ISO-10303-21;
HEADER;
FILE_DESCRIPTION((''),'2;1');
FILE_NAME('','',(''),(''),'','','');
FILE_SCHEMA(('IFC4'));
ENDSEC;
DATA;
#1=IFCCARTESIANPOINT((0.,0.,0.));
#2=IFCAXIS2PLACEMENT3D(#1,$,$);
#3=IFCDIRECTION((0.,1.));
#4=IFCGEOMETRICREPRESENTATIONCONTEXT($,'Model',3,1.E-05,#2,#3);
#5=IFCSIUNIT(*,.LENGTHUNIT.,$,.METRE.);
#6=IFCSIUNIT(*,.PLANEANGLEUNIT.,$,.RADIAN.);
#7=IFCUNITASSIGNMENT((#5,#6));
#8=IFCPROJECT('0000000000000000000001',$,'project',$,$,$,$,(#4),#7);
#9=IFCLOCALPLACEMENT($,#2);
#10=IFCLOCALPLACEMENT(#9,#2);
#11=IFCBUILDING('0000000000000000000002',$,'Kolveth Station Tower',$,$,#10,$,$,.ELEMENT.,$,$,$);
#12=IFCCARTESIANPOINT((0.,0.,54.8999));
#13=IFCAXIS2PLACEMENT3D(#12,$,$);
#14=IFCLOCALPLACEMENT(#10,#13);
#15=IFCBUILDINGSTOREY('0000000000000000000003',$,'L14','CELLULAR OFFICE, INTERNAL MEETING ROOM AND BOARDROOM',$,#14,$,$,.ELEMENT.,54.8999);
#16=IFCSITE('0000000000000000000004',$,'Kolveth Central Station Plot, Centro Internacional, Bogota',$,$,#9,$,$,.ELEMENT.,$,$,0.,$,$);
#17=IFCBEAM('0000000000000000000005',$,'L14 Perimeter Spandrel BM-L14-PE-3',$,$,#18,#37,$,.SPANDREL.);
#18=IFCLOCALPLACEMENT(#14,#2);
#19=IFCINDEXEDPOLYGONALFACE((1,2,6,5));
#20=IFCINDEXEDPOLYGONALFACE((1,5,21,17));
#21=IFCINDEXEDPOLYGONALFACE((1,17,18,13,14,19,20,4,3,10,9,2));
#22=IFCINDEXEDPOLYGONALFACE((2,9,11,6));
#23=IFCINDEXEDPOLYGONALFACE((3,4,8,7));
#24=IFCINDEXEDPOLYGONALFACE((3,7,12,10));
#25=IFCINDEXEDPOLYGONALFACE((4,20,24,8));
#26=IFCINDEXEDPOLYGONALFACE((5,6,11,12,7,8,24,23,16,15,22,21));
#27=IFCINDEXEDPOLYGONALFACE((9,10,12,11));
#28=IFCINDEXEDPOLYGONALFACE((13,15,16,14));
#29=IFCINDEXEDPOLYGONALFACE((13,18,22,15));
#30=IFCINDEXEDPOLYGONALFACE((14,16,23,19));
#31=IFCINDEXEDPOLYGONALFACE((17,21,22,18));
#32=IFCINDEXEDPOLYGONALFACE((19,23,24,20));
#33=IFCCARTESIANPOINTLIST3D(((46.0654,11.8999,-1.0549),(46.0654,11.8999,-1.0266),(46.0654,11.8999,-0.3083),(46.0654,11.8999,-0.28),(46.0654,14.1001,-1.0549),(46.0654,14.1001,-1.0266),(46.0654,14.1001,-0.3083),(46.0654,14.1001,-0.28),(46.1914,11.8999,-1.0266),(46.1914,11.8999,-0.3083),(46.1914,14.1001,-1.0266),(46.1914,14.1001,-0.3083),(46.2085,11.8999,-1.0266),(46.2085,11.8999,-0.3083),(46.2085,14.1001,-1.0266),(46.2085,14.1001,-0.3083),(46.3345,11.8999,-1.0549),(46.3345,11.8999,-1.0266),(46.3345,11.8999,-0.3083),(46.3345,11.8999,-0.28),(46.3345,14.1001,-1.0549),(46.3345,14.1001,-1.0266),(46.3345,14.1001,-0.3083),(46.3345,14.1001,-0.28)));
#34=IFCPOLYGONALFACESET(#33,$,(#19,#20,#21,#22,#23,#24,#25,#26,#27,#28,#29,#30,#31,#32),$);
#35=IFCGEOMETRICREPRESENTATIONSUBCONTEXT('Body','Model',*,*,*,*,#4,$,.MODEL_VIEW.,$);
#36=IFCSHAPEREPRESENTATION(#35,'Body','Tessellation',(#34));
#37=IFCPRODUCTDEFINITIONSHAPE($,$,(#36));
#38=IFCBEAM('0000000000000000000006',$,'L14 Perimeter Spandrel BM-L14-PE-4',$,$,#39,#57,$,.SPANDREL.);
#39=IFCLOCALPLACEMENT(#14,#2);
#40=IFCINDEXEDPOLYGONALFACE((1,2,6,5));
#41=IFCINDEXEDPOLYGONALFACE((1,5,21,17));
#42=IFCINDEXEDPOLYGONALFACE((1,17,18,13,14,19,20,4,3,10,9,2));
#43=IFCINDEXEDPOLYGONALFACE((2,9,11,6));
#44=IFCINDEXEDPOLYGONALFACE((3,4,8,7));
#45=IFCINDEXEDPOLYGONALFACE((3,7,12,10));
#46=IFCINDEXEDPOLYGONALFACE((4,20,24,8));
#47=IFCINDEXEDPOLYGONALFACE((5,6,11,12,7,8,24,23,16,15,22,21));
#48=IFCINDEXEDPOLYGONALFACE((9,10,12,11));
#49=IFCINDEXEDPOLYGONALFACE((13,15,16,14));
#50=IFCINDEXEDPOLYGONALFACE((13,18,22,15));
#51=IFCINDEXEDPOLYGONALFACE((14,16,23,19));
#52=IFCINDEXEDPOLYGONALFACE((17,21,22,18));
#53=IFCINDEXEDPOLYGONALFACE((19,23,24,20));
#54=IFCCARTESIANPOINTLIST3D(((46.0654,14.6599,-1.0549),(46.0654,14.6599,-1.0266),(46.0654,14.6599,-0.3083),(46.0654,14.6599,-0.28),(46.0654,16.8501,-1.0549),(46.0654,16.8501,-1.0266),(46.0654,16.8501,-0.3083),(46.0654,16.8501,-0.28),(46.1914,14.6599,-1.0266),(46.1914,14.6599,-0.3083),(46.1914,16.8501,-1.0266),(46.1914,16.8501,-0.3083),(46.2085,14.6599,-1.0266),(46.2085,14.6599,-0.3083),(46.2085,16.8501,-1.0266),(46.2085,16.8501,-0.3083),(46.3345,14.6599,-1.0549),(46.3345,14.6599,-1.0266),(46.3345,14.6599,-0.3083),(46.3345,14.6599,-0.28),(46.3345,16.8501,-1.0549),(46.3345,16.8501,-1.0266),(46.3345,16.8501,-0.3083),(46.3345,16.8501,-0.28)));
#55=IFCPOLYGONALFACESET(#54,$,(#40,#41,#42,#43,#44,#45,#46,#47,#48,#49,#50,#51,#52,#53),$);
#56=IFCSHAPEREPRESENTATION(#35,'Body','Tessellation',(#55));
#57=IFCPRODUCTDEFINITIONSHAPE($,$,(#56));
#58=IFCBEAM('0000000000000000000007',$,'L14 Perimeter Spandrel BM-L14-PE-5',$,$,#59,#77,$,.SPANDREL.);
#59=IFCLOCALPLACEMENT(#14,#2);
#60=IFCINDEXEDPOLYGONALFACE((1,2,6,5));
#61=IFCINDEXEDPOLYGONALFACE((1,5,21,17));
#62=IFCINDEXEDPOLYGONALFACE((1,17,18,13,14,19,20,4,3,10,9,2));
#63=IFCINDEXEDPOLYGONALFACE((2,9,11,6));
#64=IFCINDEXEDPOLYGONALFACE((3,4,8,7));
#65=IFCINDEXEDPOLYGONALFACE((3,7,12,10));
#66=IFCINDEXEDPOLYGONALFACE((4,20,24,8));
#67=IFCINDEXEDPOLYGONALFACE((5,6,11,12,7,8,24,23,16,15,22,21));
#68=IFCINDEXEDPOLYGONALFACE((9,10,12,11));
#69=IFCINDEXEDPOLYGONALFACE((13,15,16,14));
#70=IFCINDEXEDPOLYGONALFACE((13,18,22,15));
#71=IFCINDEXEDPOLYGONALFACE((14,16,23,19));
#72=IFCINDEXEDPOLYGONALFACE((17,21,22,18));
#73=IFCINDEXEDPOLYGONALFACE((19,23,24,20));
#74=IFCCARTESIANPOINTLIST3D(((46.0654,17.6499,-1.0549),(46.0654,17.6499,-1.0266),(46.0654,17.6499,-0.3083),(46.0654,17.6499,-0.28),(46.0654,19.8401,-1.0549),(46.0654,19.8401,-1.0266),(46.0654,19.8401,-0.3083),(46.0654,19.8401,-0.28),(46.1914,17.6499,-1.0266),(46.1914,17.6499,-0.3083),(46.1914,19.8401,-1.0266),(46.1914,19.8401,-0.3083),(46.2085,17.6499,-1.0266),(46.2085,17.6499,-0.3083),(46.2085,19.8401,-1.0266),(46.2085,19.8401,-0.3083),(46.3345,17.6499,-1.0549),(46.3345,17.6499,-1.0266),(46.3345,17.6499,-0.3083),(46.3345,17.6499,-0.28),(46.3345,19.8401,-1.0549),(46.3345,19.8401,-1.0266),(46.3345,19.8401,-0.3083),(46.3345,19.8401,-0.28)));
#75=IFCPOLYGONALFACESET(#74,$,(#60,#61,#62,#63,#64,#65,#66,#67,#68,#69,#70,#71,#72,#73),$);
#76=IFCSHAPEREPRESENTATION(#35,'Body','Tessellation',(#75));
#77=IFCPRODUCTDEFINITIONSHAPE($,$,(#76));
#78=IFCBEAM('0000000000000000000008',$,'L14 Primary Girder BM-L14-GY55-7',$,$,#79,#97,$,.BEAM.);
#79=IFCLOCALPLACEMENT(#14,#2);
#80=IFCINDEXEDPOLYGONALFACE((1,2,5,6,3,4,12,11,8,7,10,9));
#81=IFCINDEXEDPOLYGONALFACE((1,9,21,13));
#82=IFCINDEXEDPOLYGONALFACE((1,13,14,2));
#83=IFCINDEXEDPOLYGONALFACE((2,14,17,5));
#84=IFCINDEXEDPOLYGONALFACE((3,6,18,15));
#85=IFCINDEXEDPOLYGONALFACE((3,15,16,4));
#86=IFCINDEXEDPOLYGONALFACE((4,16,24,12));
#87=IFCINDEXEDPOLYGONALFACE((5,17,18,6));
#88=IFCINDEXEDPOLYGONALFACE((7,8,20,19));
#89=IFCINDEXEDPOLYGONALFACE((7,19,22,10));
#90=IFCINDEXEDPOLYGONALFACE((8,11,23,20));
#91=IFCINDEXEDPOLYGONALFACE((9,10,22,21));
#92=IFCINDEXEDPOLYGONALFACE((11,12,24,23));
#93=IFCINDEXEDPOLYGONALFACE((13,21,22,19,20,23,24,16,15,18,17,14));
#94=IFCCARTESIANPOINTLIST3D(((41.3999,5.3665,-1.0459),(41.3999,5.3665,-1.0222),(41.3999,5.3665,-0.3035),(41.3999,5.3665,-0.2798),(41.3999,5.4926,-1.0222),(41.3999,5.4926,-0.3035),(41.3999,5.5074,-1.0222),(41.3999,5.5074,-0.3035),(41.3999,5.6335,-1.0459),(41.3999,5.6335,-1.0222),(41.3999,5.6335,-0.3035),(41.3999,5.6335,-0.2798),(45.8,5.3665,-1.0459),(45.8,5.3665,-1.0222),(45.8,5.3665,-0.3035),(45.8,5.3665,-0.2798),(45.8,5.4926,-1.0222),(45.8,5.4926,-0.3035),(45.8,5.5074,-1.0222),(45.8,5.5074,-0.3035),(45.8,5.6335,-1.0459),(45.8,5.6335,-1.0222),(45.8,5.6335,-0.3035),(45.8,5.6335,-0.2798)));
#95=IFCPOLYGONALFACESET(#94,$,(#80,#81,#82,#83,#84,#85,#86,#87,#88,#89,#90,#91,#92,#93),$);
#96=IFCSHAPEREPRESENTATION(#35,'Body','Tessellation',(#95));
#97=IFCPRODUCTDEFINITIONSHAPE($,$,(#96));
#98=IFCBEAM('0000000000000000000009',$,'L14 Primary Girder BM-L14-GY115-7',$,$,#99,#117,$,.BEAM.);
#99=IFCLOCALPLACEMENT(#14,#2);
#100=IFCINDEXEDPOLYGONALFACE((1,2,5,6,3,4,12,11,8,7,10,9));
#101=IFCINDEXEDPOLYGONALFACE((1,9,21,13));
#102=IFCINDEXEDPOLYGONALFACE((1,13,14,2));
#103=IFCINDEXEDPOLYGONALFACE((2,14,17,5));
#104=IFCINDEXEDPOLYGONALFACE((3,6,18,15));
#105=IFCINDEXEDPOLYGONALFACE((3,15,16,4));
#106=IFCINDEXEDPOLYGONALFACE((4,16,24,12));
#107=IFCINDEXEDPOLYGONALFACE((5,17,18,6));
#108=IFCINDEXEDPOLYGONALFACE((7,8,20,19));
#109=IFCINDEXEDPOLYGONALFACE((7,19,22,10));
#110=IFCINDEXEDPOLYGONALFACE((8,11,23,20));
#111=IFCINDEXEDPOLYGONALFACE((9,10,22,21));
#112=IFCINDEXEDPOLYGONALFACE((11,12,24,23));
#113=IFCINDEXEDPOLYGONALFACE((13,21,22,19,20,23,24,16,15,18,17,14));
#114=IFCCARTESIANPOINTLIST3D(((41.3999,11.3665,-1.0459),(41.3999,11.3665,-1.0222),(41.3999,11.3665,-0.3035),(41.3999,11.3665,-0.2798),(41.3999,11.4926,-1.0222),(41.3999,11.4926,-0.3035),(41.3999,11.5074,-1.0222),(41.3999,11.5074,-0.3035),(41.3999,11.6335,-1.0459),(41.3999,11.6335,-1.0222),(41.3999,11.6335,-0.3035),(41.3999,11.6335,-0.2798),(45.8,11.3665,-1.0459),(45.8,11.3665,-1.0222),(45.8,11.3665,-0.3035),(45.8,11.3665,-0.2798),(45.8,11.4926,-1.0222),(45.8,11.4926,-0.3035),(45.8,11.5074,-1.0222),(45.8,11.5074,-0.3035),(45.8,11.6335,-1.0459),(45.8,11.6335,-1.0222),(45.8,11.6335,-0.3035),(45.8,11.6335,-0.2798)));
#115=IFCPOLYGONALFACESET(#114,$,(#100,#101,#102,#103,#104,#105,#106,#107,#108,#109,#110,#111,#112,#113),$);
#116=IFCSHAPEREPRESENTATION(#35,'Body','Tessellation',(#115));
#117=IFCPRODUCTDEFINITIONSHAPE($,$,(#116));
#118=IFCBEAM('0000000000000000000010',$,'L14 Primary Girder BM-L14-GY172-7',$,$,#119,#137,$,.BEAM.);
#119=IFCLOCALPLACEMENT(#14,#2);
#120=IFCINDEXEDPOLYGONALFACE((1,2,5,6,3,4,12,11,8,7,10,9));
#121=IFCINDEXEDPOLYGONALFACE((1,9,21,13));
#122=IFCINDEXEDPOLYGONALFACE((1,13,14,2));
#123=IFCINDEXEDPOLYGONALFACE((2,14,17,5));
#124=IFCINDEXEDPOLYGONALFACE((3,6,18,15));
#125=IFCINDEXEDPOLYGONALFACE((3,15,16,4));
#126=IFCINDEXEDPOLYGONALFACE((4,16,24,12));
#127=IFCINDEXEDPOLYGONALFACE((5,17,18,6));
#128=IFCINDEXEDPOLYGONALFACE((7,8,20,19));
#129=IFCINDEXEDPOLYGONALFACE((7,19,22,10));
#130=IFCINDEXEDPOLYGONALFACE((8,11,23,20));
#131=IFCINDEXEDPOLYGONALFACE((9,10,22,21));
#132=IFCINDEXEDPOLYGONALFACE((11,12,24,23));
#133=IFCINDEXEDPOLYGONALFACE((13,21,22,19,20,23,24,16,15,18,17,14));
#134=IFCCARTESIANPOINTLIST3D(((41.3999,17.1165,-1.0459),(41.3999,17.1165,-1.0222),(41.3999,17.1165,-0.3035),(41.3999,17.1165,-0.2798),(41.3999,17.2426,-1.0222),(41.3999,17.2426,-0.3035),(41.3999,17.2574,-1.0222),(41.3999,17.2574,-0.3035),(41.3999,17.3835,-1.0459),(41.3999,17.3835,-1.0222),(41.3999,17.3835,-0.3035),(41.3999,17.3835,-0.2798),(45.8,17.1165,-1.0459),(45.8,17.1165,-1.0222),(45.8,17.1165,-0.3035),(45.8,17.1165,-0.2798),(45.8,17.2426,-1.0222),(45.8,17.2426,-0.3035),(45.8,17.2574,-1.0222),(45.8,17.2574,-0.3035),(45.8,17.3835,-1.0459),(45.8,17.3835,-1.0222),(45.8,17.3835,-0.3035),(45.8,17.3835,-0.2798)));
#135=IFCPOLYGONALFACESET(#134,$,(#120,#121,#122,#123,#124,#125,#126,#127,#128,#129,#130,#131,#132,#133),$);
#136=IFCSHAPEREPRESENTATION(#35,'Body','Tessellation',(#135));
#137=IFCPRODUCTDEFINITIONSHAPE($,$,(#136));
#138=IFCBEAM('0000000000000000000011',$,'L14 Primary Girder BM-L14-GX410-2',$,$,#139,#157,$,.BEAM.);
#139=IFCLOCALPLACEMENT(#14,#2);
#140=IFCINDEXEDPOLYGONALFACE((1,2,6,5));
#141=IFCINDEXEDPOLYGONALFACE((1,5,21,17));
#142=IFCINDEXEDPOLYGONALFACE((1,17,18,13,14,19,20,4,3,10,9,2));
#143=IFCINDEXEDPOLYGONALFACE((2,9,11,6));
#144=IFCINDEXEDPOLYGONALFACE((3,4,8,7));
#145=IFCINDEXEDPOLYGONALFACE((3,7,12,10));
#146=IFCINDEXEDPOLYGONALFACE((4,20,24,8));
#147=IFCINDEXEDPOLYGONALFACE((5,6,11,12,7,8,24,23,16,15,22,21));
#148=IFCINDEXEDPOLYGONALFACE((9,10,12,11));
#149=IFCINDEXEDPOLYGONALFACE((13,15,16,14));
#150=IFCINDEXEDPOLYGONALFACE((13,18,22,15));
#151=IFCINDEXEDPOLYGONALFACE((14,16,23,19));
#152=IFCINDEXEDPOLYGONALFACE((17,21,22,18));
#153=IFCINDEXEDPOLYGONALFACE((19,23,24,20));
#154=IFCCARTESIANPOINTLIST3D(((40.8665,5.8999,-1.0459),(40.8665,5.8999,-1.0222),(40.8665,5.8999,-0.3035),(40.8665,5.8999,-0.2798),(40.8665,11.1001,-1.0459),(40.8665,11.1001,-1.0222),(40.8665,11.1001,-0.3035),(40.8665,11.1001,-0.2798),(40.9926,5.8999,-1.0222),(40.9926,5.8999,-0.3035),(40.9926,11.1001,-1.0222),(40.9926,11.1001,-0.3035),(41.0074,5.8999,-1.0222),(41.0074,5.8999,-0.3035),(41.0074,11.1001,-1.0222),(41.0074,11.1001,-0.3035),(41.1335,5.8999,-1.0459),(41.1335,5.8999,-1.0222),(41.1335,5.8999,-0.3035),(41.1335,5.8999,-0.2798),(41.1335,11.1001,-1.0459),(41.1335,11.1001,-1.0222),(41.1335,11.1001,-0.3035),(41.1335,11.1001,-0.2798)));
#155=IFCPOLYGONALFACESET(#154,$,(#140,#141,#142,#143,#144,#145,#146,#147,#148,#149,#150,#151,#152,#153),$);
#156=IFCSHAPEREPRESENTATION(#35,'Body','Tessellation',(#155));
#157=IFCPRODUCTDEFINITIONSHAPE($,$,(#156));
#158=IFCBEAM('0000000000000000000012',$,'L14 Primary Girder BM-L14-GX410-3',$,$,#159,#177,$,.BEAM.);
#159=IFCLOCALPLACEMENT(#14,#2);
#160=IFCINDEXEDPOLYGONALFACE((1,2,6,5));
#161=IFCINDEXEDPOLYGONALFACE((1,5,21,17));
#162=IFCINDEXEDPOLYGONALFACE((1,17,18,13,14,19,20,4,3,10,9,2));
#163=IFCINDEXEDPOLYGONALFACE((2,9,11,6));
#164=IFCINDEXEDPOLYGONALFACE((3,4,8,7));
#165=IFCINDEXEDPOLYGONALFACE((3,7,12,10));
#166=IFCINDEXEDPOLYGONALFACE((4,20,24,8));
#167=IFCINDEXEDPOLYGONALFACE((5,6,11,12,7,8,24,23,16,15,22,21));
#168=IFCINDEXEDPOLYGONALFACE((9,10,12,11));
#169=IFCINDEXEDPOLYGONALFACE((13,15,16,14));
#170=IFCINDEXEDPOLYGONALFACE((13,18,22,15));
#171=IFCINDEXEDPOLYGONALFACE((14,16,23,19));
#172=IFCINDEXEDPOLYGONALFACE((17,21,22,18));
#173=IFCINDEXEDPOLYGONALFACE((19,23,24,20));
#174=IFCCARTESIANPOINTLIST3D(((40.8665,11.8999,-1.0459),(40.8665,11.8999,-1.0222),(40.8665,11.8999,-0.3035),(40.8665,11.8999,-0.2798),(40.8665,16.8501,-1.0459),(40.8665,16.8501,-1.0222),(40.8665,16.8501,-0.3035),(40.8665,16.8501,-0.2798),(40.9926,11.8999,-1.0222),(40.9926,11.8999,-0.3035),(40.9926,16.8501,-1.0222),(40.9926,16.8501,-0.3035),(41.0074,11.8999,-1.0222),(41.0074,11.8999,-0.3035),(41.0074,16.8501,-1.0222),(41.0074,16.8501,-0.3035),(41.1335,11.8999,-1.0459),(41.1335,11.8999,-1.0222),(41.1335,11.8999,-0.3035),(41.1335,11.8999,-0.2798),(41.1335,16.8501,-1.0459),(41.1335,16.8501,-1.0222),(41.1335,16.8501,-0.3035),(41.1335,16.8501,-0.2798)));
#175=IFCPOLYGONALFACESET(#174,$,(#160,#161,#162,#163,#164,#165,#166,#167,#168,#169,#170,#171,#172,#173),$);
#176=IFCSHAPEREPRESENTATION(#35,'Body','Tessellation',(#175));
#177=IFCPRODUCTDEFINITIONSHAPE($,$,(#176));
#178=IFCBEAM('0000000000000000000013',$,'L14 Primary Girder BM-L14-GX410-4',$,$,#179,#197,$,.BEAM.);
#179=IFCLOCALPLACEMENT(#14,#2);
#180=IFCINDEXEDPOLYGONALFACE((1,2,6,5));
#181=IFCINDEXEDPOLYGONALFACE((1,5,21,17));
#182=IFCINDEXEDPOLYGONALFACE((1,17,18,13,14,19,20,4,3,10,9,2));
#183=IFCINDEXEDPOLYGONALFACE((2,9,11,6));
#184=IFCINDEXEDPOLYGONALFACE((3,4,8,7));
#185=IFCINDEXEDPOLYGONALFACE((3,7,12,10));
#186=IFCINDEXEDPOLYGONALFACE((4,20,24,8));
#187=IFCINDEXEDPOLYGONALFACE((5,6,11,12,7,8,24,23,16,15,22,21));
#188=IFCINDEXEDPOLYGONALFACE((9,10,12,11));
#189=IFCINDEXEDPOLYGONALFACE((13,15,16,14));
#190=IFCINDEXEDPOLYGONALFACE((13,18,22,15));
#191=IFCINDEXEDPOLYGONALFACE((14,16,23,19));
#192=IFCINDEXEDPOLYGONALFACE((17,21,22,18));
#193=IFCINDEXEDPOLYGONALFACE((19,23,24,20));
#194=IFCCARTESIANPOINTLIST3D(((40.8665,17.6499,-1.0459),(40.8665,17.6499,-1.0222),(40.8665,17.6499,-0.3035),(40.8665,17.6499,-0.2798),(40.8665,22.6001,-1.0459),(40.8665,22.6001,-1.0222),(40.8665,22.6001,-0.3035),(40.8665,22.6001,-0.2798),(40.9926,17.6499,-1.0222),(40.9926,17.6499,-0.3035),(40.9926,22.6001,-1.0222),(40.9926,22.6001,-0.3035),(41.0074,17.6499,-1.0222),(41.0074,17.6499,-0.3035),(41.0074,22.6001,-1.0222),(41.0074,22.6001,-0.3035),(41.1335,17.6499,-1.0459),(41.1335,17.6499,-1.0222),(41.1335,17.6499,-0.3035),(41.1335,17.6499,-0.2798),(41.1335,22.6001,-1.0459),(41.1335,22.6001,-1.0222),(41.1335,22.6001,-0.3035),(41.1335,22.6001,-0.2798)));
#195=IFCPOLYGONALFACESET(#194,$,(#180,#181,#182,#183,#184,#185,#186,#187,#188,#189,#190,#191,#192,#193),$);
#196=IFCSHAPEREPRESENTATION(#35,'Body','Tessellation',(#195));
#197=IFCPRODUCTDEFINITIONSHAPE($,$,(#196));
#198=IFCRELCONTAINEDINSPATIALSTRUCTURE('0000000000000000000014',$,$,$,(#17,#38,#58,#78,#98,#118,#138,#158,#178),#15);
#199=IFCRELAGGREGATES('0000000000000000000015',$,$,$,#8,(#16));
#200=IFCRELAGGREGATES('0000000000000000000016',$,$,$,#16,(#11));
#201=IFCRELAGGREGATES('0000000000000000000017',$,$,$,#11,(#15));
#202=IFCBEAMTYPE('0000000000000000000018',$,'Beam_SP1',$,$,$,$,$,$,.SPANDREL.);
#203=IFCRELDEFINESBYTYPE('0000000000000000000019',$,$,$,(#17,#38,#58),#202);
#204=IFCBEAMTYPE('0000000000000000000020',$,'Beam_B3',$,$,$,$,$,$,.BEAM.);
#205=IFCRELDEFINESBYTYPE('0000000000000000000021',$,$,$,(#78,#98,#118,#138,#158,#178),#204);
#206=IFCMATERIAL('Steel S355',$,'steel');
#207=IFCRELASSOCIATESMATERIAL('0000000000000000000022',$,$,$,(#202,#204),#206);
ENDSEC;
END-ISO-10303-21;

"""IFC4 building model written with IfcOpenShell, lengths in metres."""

from ifc_helpers import new_model, si_unit, direction, frame, origin, origin_2d, place, context, subcontext, project, spatial, i_section, extrude, source, transform, mapped, material, material_profile, profile_set, type_object, element, save


model = new_model("IFC4")

# Units and contexts
model_context = context("Model", 3, precision=1e-05, world=origin(), true_north=direction((0.0, 1.0)))
body_context = subcontext(model_context, "Body", "Model", "MODEL_VIEW")
ifc_project = project(units=[si_unit("LENGTHUNIT", "METRE"), si_unit("PLANEANGLEUNIT", "RADIAN")], contexts=[model_context])

# Site, building, storey
site_placement = place(None, origin())
site = spatial("IfcSite", under=ifc_project, at=site_placement, Name="Kolveth Central Station Plot, Centro Internacional, Bogota", CompositionType="ELEMENT", RefElevation=0.0)
building_placement = place(site_placement, origin())
building = spatial("IfcBuilding", under=site, at=building_placement, Name="Kolveth Station Tower", CompositionType="ELEMENT")
storey_placement = place(building_placement, frame((0.0, 0.0, 54.8999)))
storey = spatial("IfcBuildingStorey", under=building, at=storey_placement, Name="L14", Description="CELLULAR OFFICE, INTERNAL MEETING ROOM AND BOARDROOM", CompositionType="ELEMENT", Elevation=54.8999)

# Shared definitions
ifc_material_1 = material(Name="Steel S355", Category="steel")

# Beams
ifc_material_profile_1 = material_profile(ifc_material_1, i_section(OverallWidth=0.269, OverallDepth=0.7749, WebThickness=0.0171, FlangeThickness=0.0283, at=origin_2d()), Name="W760x220")
ifc_profile_set_1 = profile_set([ifc_material_profile_1], Name="Steel S355")
beam_type_1 = type_object("IfcBeamType", Name="Beam_SP1", PredefinedType="SPANDREL", material=ifc_profile_set_1)
shared_shape_1 = source(origin(), body_context, "Body", "SweptSolid", [
    extrude(i_section(OverallWidth=0.269, OverallDepth=0.7749, WebThickness=0.0171, FlangeThickness=0.0283, at=origin_2d()), origin(), (0.0, 0.0, 1.0), 2.2002),
])
beam_1_placement = place(storey_placement, frame((46.2, 11.8999, -0.6675), z_axis=(0.0, 1.0, 0.0), x_axis=(-1.0, 0.0, 0.0)))
element("IfcBeam", 1, at=beam_1_placement, inside=storey, type_object=beam_type_1, Name="L14 Perimeter Spandrel BM-L14-PE-3", PredefinedType="SPANDREL", context=body_context, shape_type="MappedRepresentation", body=[
    mapped(shared_shape_1, transform((0.0, 0.0, 0.0), x_axis=(1.0, 0.0, 0.0), y_axis=(0.0, 1.0, 0.0), z_axis=(0.0, 0.0, 1.0), scale=1.0)),
])
shared_shape_2 = source(origin(), body_context, "Body", "SweptSolid", [
    extrude(i_section(OverallWidth=0.269, OverallDepth=0.7749, WebThickness=0.0171, FlangeThickness=0.0283, at=origin_2d()), origin(), (0.0, 0.0, 1.0), 2.1902),
])
for number, where, z_axis, x_axis, name in (
    (2, (46.2, 14.6599, -0.6675), (0.0, 1.0, 0.0), (-1.0, 0.0, 0.0), "L14 Perimeter Spandrel BM-L14-PE-4"),
    (3, (46.2, 17.6499, -0.6675), (0.0, 1.0, 0.0), (-1.0, 0.0, 0.0), "L14 Perimeter Spandrel BM-L14-PE-5"),
):
    element("IfcBeam", number, at=place(storey_placement, frame(where, z_axis=z_axis, x_axis=x_axis)), inside=storey, type_object=beam_type_1, Name=name, PredefinedType="SPANDREL", context=body_context, shape_type="MappedRepresentation", body=[
        mapped(shared_shape_2, transform((0.0, 0.0, 0.0), x_axis=(1.0, 0.0, 0.0), y_axis=(0.0, 1.0, 0.0), z_axis=(0.0, 0.0, 1.0), scale=1.0)),
    ])
ifc_material_profile_2 = material_profile(ifc_material_1, i_section(OverallWidth=0.2671, OverallDepth=0.7661, WebThickness=0.0149, FlangeThickness=0.0237, at=origin_2d()), Name="W760x185")
ifc_profile_set_2 = profile_set([ifc_material_profile_2], Name="Steel S355")
beam_type_2 = type_object("IfcBeamType", Name="Beam_B3", PredefinedType="BEAM", material=ifc_profile_set_2)
shared_shape_3 = source(origin(), body_context, "Body", "SweptSolid", [
    extrude(i_section(OverallWidth=0.2671, OverallDepth=0.7661, WebThickness=0.0149, FlangeThickness=0.0237, at=origin_2d()), origin(), (0.0, 0.0, 1.0), 4.4001),
])
for number, where, z_axis, x_axis, name in (
    (4, (41.3999, 5.5, -0.6628), (1.0, 0.0, 0.0), (0.0, 1.0, 0.0), "L14 Primary Girder BM-L14-GY55-7"),
    (5, (41.3999, 11.5, -0.6628), (1.0, 0.0, 0.0), (0.0, 1.0, 0.0), "L14 Primary Girder BM-L14-GY115-7"),
    (6, (41.3999, 17.25, -0.6628), (1.0, 0.0, 0.0), (0.0, 1.0, 0.0), "L14 Primary Girder BM-L14-GY172-7"),
):
    element("IfcBeam", number, at=place(storey_placement, frame(where, z_axis=z_axis, x_axis=x_axis)), inside=storey, type_object=beam_type_2, Name=name, PredefinedType="BEAM", context=body_context, shape_type="MappedRepresentation", body=[
        mapped(shared_shape_3, transform((0.0, 0.0, 0.0), x_axis=(1.0, 0.0, 0.0), y_axis=(0.0, 1.0, 0.0), z_axis=(0.0, 0.0, 1.0), scale=1.0)),
    ])
shared_shape_4 = source(origin(), body_context, "Body", "SweptSolid", [
    extrude(i_section(OverallWidth=0.2671, OverallDepth=0.7661, WebThickness=0.0149, FlangeThickness=0.0237, at=origin_2d()), origin(), (0.0, 0.0, 1.0), 5.2002),
])
beam_2_placement = place(storey_placement, frame((41.0, 5.8999, -0.6628), z_axis=(0.0, 1.0, 0.0), x_axis=(-1.0, 0.0, 0.0)))
element("IfcBeam", 7, at=beam_2_placement, inside=storey, type_object=beam_type_2, Name="L14 Primary Girder BM-L14-GX410-2", PredefinedType="BEAM", context=body_context, shape_type="MappedRepresentation", body=[
    mapped(shared_shape_4, transform((0.0, 0.0, 0.0), x_axis=(1.0, 0.0, 0.0), y_axis=(0.0, 1.0, 0.0), z_axis=(0.0, 0.0, 1.0), scale=1.0)),
])
shared_shape_5 = source(origin(), body_context, "Body", "SweptSolid", [
    extrude(i_section(OverallWidth=0.2671, OverallDepth=0.7661, WebThickness=0.0149, FlangeThickness=0.0237, at=origin_2d()), origin(), (0.0, 0.0, 1.0), 4.9502),
])
for number, where, z_axis, x_axis, name in (
    (8, (41.0, 11.8999, -0.6628), (0.0, 1.0, 0.0), (-1.0, 0.0, 0.0), "L14 Primary Girder BM-L14-GX410-3"),
    (9, (41.0, 17.6499, -0.6628), (0.0, 1.0, 0.0), (-1.0, 0.0, 0.0), "L14 Primary Girder BM-L14-GX410-4"),
):
    element("IfcBeam", number, at=place(storey_placement, frame(where, z_axis=z_axis, x_axis=x_axis)), inside=storey, type_object=beam_type_2, Name=name, PredefinedType="BEAM", context=body_context, shape_type="MappedRepresentation", body=[
        mapped(shared_shape_5, transform((0.0, 0.0, 0.0), x_axis=(1.0, 0.0, 0.0), y_axis=(0.0, 1.0, 0.0), z_axis=(0.0, 0.0, 1.0), scale=1.0)),
    ])

save(model, "model.ifc")
